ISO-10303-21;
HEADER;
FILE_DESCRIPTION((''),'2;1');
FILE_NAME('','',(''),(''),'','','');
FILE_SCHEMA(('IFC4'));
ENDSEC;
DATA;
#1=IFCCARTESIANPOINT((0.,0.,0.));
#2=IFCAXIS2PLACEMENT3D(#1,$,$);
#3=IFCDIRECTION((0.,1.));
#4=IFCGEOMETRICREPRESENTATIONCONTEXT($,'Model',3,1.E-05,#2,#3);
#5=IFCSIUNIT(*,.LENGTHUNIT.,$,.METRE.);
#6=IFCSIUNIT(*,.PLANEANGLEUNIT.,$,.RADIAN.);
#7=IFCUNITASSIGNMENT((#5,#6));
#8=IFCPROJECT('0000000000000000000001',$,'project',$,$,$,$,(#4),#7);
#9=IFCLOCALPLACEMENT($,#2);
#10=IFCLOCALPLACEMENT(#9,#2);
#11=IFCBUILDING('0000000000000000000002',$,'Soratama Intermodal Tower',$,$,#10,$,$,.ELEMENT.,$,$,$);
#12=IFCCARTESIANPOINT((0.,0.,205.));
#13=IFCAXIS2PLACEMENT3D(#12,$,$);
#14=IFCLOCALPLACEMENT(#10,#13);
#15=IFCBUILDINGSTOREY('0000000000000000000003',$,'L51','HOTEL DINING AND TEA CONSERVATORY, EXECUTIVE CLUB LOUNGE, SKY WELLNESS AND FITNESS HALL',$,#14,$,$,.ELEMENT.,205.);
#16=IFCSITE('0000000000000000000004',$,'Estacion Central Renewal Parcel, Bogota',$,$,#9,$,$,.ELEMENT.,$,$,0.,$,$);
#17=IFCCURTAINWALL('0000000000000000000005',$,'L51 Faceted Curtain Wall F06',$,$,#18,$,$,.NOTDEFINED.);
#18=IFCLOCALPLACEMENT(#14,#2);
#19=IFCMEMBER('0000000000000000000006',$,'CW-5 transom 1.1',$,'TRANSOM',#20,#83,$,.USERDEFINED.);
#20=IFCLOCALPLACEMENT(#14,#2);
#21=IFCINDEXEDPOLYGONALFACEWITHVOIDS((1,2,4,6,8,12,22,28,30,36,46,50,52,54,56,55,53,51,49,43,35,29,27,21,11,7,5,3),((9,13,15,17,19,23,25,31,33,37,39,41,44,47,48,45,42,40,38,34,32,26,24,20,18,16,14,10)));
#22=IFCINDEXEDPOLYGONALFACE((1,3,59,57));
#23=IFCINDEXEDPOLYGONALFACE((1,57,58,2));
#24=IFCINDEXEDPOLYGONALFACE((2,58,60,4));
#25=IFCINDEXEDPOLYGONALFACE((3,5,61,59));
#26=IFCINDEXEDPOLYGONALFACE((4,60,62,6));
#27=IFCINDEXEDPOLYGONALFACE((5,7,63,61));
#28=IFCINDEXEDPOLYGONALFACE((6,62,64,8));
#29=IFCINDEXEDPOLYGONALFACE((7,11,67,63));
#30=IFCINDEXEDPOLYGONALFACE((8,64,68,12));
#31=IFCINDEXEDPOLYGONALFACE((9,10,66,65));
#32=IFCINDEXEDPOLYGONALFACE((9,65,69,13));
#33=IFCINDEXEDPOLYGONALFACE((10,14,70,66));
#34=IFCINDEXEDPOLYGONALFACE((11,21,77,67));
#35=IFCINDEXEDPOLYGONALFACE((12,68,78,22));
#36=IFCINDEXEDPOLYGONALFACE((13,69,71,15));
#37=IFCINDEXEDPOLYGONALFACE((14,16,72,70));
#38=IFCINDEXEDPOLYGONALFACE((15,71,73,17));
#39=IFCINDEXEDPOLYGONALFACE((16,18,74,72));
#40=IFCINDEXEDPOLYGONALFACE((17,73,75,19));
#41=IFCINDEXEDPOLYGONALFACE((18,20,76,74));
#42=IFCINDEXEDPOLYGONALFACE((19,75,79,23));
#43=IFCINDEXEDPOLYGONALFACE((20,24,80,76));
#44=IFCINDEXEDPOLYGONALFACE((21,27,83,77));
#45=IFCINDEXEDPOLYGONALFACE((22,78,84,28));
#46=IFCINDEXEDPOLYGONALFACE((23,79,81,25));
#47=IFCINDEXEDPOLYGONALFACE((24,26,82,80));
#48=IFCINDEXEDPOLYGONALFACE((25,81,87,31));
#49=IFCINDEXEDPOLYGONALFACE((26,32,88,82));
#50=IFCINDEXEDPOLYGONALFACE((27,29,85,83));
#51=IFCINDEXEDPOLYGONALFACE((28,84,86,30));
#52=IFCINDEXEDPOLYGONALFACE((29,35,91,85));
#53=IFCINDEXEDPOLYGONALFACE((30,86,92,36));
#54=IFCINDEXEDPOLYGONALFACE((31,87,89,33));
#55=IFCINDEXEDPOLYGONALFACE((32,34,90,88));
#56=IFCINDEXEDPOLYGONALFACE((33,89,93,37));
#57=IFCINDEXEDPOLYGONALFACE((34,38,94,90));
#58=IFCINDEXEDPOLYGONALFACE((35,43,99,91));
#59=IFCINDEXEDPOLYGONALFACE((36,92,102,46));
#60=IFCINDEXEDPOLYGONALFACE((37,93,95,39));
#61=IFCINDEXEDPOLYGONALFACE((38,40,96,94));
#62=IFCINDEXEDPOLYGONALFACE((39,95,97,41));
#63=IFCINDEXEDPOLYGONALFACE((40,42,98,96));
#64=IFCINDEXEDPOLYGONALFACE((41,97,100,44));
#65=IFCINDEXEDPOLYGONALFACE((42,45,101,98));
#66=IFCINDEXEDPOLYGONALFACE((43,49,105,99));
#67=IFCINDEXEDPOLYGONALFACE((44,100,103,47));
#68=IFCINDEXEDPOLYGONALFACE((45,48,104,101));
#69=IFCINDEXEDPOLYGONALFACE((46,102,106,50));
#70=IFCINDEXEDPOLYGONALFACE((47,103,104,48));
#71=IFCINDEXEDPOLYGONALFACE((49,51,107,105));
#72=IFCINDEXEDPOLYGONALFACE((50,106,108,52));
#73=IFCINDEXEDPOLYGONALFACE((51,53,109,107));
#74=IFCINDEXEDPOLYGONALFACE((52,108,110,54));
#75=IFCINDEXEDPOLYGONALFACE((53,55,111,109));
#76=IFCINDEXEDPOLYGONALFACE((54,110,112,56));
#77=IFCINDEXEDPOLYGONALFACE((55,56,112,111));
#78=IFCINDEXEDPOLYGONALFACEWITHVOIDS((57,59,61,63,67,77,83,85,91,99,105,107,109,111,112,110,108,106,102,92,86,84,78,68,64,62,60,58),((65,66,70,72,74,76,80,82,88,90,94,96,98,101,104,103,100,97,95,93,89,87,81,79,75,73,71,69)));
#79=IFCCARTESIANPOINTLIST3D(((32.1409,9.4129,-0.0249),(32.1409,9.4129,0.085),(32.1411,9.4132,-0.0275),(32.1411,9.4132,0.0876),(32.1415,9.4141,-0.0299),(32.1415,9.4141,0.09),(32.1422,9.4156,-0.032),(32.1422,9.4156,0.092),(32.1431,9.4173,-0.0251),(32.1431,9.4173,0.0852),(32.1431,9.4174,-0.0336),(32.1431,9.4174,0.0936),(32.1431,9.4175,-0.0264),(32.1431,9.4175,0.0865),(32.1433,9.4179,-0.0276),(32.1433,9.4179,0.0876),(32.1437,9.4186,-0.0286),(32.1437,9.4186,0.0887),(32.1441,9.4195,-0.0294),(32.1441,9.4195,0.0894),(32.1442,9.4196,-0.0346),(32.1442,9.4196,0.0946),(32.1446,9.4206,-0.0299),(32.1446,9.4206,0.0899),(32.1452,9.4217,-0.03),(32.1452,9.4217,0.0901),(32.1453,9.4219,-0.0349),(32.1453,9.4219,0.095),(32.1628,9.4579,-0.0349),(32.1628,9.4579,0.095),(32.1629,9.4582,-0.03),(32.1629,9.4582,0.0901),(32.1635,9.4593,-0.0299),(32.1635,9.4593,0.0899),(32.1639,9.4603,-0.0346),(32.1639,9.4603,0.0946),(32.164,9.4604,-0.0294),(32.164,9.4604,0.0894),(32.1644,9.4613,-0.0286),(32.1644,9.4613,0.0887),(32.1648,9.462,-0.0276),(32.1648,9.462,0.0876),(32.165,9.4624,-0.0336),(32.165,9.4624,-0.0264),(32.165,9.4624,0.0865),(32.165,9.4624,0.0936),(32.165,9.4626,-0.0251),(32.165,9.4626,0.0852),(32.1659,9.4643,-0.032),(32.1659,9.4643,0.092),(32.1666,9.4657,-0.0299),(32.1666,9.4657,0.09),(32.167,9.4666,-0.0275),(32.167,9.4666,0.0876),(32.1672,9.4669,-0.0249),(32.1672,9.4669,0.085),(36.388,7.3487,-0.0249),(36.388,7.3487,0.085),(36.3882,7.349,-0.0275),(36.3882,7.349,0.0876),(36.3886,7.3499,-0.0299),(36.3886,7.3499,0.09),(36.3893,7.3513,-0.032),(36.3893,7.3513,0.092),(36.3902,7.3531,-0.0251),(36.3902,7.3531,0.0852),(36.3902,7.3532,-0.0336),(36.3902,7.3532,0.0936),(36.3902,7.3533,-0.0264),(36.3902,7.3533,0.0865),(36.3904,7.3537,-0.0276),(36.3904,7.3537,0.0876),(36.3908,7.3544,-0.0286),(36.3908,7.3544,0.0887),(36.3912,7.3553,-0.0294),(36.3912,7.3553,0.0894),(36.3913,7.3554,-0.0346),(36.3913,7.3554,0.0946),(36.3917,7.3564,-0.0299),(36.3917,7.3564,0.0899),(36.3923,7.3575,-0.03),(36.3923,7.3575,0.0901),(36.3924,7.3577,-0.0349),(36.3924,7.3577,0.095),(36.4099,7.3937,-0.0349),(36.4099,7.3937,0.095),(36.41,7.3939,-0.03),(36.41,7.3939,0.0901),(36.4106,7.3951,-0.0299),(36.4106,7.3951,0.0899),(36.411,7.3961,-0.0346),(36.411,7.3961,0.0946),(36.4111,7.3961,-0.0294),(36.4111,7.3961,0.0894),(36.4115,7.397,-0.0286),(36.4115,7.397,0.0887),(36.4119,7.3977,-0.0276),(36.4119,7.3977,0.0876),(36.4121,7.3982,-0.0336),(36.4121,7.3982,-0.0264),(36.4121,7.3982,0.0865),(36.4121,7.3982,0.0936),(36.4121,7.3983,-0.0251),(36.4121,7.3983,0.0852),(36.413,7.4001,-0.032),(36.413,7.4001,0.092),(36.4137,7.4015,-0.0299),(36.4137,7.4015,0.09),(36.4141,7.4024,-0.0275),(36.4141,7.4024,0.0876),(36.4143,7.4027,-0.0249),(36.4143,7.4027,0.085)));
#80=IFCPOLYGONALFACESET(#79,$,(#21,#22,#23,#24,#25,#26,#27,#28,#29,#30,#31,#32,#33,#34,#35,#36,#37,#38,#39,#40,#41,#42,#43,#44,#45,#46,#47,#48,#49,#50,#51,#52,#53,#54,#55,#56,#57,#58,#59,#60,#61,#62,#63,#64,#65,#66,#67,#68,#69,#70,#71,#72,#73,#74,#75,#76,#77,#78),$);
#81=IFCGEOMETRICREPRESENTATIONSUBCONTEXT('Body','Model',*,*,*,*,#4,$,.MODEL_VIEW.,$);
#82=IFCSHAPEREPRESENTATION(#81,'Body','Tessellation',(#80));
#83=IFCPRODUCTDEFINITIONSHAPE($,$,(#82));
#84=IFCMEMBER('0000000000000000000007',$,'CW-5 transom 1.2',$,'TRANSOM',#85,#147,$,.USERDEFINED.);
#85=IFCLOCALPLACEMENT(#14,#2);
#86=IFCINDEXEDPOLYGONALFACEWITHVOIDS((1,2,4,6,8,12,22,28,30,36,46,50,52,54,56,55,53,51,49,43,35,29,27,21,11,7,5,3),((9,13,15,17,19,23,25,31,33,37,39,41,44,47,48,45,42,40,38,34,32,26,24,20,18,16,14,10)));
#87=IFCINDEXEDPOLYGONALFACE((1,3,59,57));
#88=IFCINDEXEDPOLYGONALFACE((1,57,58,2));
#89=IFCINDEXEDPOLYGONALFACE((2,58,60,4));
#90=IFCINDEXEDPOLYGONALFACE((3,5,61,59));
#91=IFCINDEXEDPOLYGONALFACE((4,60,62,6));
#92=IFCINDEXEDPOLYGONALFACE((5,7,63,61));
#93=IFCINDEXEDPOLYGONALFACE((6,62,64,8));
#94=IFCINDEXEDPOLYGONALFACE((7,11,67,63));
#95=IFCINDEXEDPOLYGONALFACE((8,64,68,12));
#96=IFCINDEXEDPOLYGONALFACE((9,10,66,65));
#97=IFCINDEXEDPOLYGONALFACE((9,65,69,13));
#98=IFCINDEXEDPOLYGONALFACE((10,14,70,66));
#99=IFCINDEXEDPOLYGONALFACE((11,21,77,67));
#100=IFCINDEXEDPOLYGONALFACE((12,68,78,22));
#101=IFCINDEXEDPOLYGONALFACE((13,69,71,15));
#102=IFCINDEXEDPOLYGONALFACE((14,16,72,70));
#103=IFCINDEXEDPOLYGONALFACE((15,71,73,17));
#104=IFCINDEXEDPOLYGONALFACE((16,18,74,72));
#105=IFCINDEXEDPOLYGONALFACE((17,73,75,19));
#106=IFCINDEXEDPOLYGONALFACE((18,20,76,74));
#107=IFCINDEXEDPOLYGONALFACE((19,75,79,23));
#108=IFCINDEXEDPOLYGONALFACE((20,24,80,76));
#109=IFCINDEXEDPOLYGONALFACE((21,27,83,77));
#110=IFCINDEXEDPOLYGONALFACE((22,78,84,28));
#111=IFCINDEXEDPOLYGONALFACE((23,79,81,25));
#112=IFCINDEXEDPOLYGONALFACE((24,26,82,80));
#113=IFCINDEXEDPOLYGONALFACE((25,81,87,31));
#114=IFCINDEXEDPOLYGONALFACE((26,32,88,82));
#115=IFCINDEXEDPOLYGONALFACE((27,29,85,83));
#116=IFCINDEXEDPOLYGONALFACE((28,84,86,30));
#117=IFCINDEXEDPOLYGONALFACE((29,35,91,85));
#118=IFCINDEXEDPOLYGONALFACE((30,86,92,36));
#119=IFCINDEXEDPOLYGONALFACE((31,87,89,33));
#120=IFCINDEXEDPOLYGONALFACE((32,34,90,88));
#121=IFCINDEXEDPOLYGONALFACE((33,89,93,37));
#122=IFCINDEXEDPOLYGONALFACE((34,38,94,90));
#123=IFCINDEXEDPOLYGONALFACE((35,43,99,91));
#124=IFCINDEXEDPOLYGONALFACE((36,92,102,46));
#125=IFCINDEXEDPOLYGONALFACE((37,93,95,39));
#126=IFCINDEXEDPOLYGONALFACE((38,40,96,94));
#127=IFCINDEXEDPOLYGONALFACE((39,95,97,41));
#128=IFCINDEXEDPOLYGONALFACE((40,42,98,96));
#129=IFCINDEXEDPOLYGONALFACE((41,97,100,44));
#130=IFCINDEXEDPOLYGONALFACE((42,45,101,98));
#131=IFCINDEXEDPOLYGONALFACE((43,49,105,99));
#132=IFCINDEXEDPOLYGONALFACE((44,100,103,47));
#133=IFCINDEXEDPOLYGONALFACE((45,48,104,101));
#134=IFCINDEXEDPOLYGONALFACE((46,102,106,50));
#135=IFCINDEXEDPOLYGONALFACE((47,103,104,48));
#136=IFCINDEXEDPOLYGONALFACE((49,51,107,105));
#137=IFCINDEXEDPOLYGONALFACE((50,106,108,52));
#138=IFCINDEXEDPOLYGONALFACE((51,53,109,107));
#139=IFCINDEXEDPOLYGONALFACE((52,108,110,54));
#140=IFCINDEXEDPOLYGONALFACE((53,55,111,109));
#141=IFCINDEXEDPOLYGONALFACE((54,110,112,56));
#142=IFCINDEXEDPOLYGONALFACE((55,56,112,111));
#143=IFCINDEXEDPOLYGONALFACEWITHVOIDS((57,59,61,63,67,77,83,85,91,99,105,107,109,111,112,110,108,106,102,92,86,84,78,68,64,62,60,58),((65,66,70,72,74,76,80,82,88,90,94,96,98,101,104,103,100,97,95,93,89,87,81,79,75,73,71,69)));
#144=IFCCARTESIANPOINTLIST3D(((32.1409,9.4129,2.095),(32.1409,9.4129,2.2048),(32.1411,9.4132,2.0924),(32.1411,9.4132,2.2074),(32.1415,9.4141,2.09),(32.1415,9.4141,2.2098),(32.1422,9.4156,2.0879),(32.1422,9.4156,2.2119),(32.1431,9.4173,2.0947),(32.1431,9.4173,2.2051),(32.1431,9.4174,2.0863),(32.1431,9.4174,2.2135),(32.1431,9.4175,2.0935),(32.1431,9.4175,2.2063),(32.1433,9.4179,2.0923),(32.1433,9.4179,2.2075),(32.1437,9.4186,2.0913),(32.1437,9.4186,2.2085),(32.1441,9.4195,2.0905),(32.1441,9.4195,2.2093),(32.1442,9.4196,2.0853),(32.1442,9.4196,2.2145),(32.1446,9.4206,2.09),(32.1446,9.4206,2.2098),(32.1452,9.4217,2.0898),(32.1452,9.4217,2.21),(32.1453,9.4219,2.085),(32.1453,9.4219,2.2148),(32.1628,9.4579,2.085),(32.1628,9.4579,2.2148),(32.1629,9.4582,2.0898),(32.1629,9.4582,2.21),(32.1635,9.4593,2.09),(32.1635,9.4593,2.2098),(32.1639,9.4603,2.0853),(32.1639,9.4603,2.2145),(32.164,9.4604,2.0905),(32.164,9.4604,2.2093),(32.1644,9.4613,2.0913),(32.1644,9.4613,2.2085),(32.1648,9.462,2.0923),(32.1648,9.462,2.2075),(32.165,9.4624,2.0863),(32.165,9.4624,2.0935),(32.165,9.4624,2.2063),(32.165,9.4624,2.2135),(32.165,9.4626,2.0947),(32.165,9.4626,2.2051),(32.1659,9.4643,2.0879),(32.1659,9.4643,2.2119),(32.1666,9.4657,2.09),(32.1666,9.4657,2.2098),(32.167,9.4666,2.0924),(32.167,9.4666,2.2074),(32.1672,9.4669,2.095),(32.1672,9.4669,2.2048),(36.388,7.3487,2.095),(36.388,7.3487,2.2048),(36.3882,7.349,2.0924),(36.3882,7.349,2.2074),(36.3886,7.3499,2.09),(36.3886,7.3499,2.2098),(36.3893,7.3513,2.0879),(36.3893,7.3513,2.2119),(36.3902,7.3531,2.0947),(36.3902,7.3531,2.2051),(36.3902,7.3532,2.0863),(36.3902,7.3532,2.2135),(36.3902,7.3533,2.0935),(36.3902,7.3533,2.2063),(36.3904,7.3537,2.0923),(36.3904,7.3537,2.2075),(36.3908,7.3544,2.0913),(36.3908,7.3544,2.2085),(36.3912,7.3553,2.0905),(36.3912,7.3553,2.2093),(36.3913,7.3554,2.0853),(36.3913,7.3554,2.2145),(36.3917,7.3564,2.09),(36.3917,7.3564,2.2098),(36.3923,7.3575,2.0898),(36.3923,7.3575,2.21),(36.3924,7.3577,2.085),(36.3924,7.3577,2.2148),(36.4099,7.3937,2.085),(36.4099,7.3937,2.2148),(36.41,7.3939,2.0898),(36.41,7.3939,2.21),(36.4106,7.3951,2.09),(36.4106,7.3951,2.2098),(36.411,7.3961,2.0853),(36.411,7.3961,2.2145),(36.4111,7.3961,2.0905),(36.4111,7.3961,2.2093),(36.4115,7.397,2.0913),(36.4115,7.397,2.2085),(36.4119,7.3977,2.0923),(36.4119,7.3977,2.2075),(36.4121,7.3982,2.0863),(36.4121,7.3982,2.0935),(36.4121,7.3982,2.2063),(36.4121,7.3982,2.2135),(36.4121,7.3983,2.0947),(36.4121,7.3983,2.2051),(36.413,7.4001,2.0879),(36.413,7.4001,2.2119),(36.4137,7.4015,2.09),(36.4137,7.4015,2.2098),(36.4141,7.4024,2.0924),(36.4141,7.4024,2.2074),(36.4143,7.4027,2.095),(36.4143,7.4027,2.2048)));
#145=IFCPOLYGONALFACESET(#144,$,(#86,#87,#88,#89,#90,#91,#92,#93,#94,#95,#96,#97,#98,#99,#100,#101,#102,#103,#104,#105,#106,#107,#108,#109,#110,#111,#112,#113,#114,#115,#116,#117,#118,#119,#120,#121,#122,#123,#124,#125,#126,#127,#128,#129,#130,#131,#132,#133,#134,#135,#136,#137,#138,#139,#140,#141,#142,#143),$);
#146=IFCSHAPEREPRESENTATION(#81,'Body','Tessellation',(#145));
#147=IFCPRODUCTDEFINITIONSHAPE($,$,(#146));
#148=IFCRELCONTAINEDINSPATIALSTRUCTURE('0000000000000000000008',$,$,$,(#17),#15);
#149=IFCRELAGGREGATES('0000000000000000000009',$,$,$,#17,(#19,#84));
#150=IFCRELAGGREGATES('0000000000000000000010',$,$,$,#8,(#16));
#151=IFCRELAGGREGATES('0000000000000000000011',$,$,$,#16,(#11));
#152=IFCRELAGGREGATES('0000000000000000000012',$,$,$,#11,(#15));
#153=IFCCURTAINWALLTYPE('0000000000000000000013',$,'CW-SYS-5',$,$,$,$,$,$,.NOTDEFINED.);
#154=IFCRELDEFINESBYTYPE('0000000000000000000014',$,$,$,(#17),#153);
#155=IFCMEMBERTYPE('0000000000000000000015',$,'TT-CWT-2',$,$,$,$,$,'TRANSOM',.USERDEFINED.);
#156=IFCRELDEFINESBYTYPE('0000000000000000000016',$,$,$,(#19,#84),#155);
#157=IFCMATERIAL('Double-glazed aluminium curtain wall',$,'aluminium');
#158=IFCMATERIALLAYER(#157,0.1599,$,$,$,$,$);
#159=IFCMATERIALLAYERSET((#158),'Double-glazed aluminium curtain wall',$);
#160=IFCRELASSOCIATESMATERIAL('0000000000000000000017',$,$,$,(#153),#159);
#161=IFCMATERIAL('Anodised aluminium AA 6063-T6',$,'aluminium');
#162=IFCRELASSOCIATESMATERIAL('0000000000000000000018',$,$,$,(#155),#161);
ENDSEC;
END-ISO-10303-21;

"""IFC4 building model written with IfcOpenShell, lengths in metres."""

from ifc_helpers import new_model, si_unit, direction, frame, origin, origin_2d, place, context, subcontext, project, spatial, hollow_rectangle, extrude, material, layer, layer_set, material_profile, profile_set, type_object, element, aggregate, save


model = new_model("IFC4")

# Units and contexts
model_context = context("Model", 3, precision=1e-05, world=origin(), true_north=direction((0.0, 1.0)))
body_context = subcontext(model_context, "Body", "Model", "MODEL_VIEW")
ifc_project = project(units=[si_unit("LENGTHUNIT", "METRE"), si_unit("PLANEANGLEUNIT", "RADIAN")], contexts=[model_context])

# Site, building, storey
site_placement = place(None, origin())
site = spatial("IfcSite", under=ifc_project, at=site_placement, Name="Estacion Central Renewal Parcel, Bogota", CompositionType="ELEMENT", RefElevation=0.0)
building_placement = place(site_placement, origin())
building = spatial("IfcBuilding", under=site, at=building_placement, Name="Soratama Intermodal Tower", CompositionType="ELEMENT")
storey_placement = place(building_placement, frame((0.0, 0.0, 205.0)))
storey = spatial("IfcBuildingStorey", under=building, at=storey_placement, Name="L51", Description="HOTEL DINING AND TEA CONSERVATORY, EXECUTIVE CLUB LOUNGE, SKY WELLNESS AND FITNESS HALL", CompositionType="ELEMENT", Elevation=205.0)

# Shared definitions
ifc_material_1 = material(Name="Double-glazed aluminium curtain wall", Category="aluminium")
ifc_layer_1 = layer(ifc_material_1, 0.1599)
ifc_layer_set_1 = layer_set([ifc_layer_1], Name="Double-glazed aluminium curtain wall")
curtain_wall_type = type_object("IfcCurtainWallType", Name="CW-SYS-5", PredefinedType="NOTDEFINED", material=ifc_layer_set_1)

# Curtain wall
curtain_wall_1_placement = place(storey_placement, origin())
curtain_wall_1 = element("IfcCurtainWall", 1, at=curtain_wall_1_placement, inside=storey, type_object=curtain_wall_type, Name="L51 Faceted Curtain Wall F06", PredefinedType="NOTDEFINED")

# Members
ifc_material_2 = material(Name="Anodised aluminium AA 6063-T6", Category="aluminium")
ifc_material_profile_1 = material_profile(ifc_material_2, hollow_rectangle(XDim=0.0601, YDim=0.1299, WallThickness=0.0049, InnerFilletRadius=0.0049, OuterFilletRadius=0.01, at=origin_2d()), Name="CWT130X60X5")
ifc_profile_set_1 = profile_set([ifc_material_profile_1], Name="Anodised aluminium AA 6063-T6")
member_type_1 = type_object("IfcMemberType", Name="TT-CWT-2", ElementType="TRANSOM", PredefinedType="USERDEFINED", material=ifc_profile_set_1)
member_1_placement = place(storey_placement, frame((32.1541, 9.4399, 0.03), z_axis=(0.899396, -0.437135, 0.0), x_axis=(0.437135, 0.899396, 0.0)))
member_1 = element("IfcMember", 2, at=member_1_placement, type_object=member_type_1, Name="CW-5 transom 1.1", ObjectType="TRANSOM", PredefinedType="USERDEFINED", context=body_context, shape_type="SweptSolid", body=[
    extrude(hollow_rectangle(XDim=0.0601, YDim=0.1299, WallThickness=0.0049, InnerFilletRadius=0.0049, OuterFilletRadius=0.01, at=origin_2d()), origin(), (0.0, 0.0, 1.0), 4.7222),
])
member_2_placement = place(storey_placement, frame((32.1541, 9.4399, 2.1499), z_axis=(0.899396, -0.437135, 0.0), x_axis=(0.437135, 0.899396, 0.0)))
member_2 = element("IfcMember", 3, at=member_2_placement, type_object=member_type_1, Name="CW-5 transom 1.2", ObjectType="TRANSOM", PredefinedType="USERDEFINED", context=body_context, shape_type="SweptSolid", body=[
    extrude(hollow_rectangle(XDim=0.0601, YDim=0.1299, WallThickness=0.0049, InnerFilletRadius=0.0049, OuterFilletRadius=0.01, at=origin_2d()), origin(), (0.0, 0.0, 1.0), 4.7222),
])
aggregate(curtain_wall_1, [member_1, member_2])

save(model, "model.ifc")
